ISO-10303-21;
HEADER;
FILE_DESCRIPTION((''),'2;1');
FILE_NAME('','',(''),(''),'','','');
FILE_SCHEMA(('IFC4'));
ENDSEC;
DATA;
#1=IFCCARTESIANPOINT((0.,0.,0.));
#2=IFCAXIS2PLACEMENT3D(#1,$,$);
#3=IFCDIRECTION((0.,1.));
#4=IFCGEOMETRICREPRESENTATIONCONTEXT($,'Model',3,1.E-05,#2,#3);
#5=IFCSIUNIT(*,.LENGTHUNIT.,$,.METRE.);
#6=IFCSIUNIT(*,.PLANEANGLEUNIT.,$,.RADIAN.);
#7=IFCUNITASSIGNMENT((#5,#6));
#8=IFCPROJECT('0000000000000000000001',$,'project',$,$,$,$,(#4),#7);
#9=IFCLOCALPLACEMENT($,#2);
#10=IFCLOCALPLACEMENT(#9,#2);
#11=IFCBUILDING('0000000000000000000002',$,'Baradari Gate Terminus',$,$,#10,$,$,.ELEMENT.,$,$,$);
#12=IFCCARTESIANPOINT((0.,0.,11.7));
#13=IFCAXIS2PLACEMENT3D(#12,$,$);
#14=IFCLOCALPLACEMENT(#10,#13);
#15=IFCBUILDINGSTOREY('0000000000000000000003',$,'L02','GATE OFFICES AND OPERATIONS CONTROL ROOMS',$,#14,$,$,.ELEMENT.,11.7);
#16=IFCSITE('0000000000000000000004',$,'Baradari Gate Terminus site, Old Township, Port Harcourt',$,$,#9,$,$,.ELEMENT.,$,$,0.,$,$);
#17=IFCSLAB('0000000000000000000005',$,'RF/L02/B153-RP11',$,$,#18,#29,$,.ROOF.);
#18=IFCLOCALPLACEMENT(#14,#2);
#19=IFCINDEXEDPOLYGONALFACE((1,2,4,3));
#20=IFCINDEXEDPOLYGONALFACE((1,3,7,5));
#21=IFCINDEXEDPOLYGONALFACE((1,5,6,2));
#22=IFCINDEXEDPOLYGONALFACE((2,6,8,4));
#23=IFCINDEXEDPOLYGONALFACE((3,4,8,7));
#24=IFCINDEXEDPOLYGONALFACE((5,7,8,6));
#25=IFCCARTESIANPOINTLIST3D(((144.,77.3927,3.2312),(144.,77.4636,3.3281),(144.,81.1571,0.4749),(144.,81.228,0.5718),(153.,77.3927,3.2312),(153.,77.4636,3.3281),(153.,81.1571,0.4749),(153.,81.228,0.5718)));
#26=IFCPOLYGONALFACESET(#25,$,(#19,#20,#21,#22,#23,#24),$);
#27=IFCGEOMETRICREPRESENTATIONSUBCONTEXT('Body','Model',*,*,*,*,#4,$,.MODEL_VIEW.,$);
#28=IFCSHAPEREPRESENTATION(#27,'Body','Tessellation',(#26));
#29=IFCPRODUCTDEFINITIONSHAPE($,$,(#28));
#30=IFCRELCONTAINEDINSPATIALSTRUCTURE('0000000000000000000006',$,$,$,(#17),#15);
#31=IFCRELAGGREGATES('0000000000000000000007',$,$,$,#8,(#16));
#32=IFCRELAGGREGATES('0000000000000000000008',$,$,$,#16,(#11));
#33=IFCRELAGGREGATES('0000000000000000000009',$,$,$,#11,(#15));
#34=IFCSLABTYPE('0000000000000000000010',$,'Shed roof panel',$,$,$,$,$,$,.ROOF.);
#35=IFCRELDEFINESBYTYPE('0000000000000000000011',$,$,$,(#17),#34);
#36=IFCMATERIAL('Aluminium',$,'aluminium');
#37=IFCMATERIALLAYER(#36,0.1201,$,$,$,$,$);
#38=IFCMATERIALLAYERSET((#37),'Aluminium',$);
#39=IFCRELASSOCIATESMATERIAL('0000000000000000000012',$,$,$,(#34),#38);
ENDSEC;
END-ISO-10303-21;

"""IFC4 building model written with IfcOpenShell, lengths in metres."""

from ifc_helpers import new_model, si_unit, direction, frame, origin, place, context, subcontext, project, spatial, polyline, outline, extrude, material, layer, layer_set, type_object, element, save


model = new_model("IFC4")

# Units and contexts
model_context = context("Model", 3, precision=1e-05, world=origin(), true_north=direction((0.0, 1.0)))
body_context = subcontext(model_context, "Body", "Model", "MODEL_VIEW")
ifc_project = project(units=[si_unit("LENGTHUNIT", "METRE"), si_unit("PLANEANGLEUNIT", "RADIAN")], contexts=[model_context])

# Site, building, storey
site_placement = place(None, origin())
site = spatial("IfcSite", under=ifc_project, at=site_placement, Name="Baradari Gate Terminus site, Old Township, Port Harcourt", CompositionType="ELEMENT", RefElevation=0.0)
building_placement = place(site_placement, origin())
building = spatial("IfcBuilding", under=site, at=building_placement, Name="Baradari Gate Terminus", CompositionType="ELEMENT")
storey_placement = place(building_placement, frame((0.0, 0.0, 11.7)))
storey = spatial("IfcBuildingStorey", under=building, at=storey_placement, Name="L02", Description="GATE OFFICES AND OPERATIONS CONTROL ROOMS", CompositionType="ELEMENT", Elevation=11.7)

# Slab
ifc_material_1 = material(Name="Aluminium", Category="aluminium")
ifc_layer_1 = layer(ifc_material_1, 0.1201)
ifc_layer_set_1 = layer_set([ifc_layer_1], Name="Aluminium")
slab_type = type_object("IfcSlabType", Name="Shed roof panel", PredefinedType="ROOF", material=ifc_layer_set_1)
slab_placement = place(storey_placement, frame((144.0, 77.4636, 3.3281), z_axis=(0.0, 0.590776, 0.806836), x_axis=(1.0, 0.0, 0.0)))
element("IfcSlab", 1, at=slab_placement, inside=storey, type_object=slab_type, Name="RF/L02/B153-RP11", PredefinedType="ROOF", context=body_context, shape_type="SweptSolid", body=[
    extrude(outline(polyline([(0.0, 0.0), (9.0, 0.0), (9.0, 4.6656), (0.0, 4.6656), (0.0, 0.0)])), origin(), (0.0, 0.0, -1.0), 0.1201),
])

save(model, "model.ifc")
